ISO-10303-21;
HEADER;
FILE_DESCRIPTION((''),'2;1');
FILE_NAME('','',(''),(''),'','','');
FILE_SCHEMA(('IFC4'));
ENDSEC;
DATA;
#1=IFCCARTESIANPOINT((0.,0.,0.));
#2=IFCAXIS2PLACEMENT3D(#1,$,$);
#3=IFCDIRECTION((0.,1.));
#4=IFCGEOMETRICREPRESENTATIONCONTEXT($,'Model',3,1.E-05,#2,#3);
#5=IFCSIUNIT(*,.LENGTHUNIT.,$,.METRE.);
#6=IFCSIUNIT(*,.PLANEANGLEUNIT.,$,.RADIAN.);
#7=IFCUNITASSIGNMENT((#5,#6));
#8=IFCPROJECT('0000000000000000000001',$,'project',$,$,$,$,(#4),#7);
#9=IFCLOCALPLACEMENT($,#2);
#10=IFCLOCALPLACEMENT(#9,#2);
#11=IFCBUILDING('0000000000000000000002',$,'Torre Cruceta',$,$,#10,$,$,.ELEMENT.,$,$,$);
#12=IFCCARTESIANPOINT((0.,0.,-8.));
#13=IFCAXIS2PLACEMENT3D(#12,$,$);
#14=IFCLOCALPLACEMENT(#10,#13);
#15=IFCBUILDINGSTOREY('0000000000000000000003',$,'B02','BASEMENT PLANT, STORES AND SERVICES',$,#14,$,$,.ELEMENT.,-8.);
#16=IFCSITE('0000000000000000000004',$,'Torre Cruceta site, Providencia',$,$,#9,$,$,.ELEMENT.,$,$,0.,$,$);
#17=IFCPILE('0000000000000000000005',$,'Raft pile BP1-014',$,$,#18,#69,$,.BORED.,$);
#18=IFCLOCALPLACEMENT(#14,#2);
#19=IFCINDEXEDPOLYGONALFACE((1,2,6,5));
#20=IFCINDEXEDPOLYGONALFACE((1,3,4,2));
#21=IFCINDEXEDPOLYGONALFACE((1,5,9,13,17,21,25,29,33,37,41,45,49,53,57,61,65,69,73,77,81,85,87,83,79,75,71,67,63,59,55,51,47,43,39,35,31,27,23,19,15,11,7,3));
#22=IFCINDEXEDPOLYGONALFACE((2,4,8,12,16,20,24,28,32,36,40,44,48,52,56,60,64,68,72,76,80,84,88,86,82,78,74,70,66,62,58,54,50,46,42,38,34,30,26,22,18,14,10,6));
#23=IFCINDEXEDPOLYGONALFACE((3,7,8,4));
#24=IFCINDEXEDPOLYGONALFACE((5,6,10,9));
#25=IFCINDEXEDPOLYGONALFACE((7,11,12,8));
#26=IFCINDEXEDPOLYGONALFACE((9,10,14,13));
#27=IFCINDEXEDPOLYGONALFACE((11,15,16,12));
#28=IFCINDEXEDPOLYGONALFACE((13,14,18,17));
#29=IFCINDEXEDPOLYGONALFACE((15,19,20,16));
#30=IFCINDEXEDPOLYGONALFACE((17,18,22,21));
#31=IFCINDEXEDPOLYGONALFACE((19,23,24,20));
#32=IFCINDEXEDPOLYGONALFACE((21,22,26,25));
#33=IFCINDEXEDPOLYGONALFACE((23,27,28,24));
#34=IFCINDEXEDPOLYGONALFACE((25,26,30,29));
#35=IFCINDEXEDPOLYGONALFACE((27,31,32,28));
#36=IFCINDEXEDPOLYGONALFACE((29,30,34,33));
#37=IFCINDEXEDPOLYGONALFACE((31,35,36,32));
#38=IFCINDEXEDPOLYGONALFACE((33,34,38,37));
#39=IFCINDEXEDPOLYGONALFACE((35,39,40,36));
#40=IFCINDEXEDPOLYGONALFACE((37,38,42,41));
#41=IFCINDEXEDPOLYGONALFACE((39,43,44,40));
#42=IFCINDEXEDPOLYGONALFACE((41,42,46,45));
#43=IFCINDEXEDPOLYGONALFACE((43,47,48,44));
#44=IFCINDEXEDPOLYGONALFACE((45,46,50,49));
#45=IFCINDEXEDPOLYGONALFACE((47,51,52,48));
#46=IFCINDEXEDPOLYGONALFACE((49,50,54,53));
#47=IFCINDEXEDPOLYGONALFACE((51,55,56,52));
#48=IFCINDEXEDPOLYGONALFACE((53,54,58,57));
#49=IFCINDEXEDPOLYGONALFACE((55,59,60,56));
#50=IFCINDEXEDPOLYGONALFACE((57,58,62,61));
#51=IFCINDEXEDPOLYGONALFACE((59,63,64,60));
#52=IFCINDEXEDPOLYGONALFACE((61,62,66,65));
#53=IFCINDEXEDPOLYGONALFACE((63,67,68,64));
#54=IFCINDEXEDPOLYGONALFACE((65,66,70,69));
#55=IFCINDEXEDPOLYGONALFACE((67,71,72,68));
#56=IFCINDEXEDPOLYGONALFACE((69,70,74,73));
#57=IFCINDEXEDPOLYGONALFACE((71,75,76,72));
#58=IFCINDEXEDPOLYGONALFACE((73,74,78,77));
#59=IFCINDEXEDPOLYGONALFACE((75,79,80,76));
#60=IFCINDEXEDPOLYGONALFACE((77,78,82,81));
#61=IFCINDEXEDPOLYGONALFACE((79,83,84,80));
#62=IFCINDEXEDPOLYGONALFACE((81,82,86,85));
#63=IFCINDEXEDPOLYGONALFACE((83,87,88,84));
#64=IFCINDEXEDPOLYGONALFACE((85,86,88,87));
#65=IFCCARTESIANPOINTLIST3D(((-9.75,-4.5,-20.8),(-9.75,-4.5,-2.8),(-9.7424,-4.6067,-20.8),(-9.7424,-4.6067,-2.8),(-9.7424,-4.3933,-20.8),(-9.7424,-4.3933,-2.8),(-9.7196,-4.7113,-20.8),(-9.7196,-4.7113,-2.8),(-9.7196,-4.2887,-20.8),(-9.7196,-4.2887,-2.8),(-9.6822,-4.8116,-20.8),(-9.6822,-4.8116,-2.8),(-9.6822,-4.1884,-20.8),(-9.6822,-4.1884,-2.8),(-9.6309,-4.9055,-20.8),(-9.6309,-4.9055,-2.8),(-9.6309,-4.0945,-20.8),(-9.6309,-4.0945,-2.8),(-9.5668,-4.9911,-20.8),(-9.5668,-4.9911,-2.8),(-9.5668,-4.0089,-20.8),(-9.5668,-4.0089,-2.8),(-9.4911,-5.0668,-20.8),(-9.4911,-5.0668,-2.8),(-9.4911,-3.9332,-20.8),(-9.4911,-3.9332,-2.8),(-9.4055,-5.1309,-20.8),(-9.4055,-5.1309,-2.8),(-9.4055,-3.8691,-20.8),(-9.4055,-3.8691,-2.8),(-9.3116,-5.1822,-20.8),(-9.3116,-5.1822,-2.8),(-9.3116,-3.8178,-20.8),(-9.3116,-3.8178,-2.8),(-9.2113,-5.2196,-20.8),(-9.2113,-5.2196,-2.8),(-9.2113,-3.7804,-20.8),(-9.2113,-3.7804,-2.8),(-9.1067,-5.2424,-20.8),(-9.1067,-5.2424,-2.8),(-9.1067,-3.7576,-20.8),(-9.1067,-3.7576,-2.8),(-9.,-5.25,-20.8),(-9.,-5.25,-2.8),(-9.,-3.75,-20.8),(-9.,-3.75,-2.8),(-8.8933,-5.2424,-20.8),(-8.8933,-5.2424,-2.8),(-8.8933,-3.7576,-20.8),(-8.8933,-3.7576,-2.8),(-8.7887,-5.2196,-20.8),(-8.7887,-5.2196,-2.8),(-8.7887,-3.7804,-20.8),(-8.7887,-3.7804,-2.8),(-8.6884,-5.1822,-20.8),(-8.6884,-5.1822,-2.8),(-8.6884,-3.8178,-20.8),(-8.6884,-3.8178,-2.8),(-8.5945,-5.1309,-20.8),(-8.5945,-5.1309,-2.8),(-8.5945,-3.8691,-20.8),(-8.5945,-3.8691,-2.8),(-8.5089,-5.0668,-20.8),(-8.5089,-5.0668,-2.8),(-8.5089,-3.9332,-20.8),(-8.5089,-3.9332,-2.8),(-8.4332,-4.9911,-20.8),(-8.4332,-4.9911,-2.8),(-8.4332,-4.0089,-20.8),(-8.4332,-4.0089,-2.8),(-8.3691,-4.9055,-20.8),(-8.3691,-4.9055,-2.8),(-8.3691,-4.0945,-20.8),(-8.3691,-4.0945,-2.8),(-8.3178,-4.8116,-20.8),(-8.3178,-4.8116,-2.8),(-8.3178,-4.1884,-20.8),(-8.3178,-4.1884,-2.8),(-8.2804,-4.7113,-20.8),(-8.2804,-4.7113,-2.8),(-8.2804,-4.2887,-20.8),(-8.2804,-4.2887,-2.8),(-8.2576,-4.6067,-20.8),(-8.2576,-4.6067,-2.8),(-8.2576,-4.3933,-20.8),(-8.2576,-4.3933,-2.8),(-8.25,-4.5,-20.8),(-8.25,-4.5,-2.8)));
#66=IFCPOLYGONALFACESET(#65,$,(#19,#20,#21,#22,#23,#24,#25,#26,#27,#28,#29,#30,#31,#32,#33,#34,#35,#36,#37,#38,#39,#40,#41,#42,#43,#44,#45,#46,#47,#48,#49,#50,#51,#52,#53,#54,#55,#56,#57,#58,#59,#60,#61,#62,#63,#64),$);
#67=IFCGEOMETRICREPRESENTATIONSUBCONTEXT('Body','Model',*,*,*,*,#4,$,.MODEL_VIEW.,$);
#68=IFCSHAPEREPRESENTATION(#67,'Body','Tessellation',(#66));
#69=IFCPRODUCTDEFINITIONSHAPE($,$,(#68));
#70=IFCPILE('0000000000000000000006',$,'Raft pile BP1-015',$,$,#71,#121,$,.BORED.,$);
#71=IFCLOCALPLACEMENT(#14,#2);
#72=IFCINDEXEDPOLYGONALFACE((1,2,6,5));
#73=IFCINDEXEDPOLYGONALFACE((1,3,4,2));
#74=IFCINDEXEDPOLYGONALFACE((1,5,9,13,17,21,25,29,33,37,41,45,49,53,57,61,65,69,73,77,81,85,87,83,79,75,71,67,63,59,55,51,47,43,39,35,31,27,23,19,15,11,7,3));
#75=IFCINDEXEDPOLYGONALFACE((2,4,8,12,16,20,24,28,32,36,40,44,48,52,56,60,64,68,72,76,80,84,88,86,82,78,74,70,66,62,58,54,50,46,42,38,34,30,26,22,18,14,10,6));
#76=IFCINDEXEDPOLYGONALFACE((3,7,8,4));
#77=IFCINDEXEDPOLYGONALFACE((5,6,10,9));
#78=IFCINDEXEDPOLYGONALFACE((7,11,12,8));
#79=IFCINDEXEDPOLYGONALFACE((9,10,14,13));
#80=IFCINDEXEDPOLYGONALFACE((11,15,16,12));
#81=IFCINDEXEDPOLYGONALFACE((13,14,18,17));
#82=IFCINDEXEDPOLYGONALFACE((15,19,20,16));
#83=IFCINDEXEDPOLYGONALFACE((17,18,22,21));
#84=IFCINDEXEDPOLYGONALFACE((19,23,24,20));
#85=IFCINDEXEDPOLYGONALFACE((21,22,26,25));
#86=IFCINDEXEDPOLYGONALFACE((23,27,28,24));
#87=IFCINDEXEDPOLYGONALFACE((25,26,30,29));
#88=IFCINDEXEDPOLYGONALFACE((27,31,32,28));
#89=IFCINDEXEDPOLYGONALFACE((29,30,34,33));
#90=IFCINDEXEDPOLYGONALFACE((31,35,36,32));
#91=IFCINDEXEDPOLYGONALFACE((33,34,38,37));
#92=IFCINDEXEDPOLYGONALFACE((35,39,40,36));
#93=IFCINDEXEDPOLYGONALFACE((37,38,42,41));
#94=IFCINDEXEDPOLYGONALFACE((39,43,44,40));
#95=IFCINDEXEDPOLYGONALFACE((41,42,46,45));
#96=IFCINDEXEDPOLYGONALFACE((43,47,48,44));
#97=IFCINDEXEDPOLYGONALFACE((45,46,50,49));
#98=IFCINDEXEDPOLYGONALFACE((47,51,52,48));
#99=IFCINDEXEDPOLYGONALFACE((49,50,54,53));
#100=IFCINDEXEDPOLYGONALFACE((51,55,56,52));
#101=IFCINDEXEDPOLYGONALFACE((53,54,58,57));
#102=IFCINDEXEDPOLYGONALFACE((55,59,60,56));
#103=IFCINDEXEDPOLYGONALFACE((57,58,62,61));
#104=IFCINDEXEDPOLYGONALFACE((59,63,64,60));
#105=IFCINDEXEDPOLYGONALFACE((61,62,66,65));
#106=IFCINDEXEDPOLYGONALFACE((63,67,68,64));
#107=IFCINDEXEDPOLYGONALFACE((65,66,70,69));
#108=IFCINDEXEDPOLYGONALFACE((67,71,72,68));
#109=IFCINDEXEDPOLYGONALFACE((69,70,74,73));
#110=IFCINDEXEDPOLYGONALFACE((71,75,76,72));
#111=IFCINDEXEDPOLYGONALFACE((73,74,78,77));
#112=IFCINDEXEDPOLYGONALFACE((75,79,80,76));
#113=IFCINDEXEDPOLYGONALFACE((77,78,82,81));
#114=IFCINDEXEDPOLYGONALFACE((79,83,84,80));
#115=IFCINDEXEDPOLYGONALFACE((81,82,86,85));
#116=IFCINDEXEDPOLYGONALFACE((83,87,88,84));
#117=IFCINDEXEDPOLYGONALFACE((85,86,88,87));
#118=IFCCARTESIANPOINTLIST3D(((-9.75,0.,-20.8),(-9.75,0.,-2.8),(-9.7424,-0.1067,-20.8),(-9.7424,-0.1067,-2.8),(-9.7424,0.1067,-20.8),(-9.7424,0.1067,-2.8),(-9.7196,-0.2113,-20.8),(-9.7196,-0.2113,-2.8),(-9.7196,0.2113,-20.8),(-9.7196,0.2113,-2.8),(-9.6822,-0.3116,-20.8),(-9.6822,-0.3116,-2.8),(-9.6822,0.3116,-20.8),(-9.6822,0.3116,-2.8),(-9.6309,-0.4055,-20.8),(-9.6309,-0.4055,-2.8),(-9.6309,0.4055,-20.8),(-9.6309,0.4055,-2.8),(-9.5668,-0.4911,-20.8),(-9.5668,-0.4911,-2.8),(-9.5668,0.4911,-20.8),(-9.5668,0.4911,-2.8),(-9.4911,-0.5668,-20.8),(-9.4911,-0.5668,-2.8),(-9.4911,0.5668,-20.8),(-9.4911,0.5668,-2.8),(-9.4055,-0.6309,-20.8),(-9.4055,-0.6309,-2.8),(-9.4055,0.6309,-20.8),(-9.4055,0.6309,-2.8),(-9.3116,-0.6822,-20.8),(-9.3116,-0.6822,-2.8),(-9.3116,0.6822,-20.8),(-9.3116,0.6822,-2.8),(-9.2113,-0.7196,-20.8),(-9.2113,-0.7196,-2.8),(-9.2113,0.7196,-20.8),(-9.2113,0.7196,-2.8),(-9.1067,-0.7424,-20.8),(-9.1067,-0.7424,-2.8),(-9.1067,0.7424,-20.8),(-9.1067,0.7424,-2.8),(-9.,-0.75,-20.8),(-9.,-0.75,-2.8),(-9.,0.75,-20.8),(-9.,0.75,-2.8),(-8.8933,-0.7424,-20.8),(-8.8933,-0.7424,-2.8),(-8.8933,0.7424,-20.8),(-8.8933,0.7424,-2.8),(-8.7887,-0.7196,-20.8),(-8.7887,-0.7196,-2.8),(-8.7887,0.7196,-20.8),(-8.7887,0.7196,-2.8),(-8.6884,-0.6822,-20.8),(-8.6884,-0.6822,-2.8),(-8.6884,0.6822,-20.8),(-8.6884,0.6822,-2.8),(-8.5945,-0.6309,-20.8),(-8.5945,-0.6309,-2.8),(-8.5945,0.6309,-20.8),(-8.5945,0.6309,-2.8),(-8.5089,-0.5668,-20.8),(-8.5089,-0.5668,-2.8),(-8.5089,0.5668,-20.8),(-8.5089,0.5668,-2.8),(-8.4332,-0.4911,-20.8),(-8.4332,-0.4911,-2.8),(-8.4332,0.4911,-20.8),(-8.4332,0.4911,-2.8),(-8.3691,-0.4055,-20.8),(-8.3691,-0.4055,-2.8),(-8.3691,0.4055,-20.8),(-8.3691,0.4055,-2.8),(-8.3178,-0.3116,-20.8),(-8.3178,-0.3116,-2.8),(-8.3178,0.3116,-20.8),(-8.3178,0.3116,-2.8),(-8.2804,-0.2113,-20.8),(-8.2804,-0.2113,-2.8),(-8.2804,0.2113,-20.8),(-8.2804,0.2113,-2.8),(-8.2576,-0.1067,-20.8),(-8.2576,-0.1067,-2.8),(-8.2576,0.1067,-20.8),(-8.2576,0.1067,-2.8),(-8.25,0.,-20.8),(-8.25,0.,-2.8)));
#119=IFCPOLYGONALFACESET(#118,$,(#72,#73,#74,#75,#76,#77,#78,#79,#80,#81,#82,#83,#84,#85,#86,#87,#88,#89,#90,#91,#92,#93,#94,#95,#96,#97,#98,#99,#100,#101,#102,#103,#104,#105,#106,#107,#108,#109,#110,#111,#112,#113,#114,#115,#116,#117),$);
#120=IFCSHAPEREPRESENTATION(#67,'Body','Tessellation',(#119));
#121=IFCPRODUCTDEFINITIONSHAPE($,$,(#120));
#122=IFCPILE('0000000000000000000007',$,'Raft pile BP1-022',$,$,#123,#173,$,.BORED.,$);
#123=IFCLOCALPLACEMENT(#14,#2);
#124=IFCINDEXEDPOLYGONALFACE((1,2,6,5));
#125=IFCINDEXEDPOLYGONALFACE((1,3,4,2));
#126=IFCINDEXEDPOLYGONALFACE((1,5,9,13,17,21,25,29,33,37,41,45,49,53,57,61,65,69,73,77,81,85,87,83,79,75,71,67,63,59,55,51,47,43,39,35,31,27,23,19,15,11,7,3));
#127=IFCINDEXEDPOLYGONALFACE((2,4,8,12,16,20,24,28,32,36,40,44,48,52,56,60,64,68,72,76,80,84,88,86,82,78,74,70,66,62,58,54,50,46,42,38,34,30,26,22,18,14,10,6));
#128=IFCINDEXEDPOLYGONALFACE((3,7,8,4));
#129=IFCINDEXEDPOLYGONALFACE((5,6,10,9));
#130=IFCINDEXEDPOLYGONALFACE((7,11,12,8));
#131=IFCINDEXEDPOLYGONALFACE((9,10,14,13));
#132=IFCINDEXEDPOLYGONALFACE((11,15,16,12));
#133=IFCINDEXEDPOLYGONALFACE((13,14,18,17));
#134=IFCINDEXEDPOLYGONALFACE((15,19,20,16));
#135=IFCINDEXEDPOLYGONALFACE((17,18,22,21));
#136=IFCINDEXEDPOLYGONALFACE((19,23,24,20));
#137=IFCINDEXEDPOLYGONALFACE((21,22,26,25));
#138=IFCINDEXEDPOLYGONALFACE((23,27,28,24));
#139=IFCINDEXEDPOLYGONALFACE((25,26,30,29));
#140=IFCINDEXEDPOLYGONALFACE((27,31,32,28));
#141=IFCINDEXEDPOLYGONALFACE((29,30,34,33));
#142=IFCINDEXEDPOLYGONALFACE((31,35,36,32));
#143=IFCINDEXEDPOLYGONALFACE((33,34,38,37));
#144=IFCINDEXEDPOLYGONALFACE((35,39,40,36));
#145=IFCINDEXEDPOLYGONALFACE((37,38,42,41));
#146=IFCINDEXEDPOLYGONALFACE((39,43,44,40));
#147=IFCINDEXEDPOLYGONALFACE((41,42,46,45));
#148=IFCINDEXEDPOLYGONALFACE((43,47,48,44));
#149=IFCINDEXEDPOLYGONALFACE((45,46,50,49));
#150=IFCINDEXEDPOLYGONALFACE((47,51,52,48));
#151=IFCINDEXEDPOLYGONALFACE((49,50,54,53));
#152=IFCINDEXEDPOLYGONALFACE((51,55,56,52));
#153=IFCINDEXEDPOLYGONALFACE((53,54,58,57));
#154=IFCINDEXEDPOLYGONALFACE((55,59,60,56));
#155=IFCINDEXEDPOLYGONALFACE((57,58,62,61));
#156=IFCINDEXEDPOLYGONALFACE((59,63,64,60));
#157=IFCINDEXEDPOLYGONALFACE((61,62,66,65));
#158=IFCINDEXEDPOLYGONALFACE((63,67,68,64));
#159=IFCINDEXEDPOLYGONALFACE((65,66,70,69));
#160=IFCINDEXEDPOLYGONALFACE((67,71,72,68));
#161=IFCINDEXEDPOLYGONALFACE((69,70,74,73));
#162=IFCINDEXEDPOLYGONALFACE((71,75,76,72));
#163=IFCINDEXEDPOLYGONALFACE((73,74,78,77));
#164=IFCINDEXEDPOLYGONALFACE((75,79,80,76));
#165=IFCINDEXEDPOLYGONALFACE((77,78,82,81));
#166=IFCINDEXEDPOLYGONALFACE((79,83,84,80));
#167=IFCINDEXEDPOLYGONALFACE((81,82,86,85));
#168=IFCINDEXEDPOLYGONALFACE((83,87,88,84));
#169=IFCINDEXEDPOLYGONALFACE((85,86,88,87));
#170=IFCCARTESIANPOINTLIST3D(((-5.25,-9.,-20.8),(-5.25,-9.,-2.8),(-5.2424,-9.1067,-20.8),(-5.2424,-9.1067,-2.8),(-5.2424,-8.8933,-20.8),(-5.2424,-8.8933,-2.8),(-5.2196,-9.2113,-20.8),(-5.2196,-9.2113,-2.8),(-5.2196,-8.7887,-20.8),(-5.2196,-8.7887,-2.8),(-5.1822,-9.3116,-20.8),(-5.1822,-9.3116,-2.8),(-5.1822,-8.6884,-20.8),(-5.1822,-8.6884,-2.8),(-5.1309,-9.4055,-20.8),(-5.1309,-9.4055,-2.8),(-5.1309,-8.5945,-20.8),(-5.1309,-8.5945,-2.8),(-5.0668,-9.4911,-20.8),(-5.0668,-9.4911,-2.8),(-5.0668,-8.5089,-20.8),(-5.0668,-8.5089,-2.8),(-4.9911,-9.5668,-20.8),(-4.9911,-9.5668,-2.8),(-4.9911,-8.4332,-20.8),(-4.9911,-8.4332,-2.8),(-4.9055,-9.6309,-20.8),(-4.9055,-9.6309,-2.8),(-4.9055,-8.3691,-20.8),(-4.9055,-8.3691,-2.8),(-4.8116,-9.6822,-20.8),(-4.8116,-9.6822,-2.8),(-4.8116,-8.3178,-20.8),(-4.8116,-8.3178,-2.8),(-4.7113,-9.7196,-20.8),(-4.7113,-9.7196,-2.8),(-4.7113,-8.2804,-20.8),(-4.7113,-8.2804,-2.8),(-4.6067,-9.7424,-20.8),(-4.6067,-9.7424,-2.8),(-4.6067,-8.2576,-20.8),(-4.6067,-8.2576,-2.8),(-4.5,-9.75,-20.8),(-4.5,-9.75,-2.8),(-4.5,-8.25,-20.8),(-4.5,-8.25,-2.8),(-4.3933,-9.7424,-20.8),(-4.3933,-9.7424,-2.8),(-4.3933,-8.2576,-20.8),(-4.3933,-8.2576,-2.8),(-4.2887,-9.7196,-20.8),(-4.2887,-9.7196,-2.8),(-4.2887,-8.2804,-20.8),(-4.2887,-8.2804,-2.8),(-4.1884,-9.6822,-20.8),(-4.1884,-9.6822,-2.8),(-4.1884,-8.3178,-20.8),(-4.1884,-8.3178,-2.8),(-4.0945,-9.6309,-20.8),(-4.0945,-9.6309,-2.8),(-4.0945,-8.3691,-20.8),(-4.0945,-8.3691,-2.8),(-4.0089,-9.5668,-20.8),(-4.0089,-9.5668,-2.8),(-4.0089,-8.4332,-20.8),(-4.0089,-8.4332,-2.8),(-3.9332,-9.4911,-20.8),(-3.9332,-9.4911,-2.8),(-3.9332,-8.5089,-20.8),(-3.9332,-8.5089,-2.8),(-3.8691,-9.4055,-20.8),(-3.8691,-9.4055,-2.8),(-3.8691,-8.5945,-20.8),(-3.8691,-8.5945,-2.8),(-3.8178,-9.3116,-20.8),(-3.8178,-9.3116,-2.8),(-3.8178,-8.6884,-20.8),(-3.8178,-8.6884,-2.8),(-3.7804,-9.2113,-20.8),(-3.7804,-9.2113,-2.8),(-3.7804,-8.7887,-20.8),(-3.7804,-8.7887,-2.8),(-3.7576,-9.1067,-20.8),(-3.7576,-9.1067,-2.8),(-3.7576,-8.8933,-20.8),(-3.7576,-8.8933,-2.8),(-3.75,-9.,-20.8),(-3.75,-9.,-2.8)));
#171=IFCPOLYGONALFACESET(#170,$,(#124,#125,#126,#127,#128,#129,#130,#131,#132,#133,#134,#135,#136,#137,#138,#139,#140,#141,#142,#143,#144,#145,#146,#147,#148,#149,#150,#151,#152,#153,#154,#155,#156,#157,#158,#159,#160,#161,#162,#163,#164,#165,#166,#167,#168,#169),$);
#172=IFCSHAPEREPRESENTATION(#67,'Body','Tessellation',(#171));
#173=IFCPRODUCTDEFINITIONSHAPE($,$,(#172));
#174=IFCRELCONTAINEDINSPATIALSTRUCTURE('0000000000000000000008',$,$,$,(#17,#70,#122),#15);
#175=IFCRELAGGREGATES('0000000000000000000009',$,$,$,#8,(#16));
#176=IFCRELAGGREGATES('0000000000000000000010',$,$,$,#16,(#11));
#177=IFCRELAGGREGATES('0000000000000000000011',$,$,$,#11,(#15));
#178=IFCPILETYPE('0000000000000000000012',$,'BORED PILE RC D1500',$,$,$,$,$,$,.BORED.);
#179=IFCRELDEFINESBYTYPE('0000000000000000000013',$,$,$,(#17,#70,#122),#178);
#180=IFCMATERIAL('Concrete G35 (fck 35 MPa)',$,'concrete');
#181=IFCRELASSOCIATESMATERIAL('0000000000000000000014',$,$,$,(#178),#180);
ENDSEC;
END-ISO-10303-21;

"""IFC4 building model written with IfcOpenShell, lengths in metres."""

from ifc_helpers import new_model, si_unit, direction, frame, origin, origin_2d, place, context, subcontext, project, spatial, circle, extrude, material, material_profile, profile_set, type_object, element, save


model = new_model("IFC4")

# Units and contexts
model_context = context("Model", 3, precision=1e-05, world=origin(), true_north=direction((0.0, 1.0)))
body_context = subcontext(model_context, "Body", "Model", "MODEL_VIEW")
ifc_project = project(units=[si_unit("LENGTHUNIT", "METRE"), si_unit("PLANEANGLEUNIT", "RADIAN")], contexts=[model_context])

# Site, building, storey
site_placement = place(None, origin())
site = spatial("IfcSite", under=ifc_project, at=site_placement, Name="Torre Cruceta site, Providencia", CompositionType="ELEMENT", RefElevation=0.0)
building_placement = place(site_placement, origin())
building = spatial("IfcBuilding", under=site, at=building_placement, Name="Torre Cruceta", CompositionType="ELEMENT")
storey_placement = place(building_placement, frame((0.0, 0.0, -8.0)))
storey = spatial("IfcBuildingStorey", under=building, at=storey_placement, Name="B02", Description="BASEMENT PLANT, STORES AND SERVICES", CompositionType="ELEMENT", Elevation=-8.0)

# Piles
ifc_material_1 = material(Name="Concrete G35 (fck 35 MPa)", Category="concrete")
ifc_material_profile_1 = material_profile(ifc_material_1, circle(Radius=0.75, at=origin_2d()), Name="RC D1500")
ifc_profile_set_1 = profile_set([ifc_material_profile_1], Name="Concrete G35 (fck 35 MPa)")
pile_type = type_object("IfcPileType", Name="BORED PILE RC D1500", PredefinedType="BORED", material=ifc_profile_set_1)
for number, where, z_axis, x_axis, name in (
    (1, (-9.0, -4.5, -2.8), (0.0, 0.0, -1.0), (1.0, 0.0, 0.0), "Raft pile BP1-014"),
    (2, (-9.0, 0.0, -2.8), (0.0, 0.0, -1.0), (1.0, 0.0, 0.0), "Raft pile BP1-015"),
    (3, (-4.5, -9.0, -2.8), (0.0, 0.0, -1.0), (1.0, 0.0, 0.0), "Raft pile BP1-022"),
):
    element("IfcPile", number, at=place(storey_placement, frame(where, z_axis=z_axis, x_axis=x_axis)), inside=storey, type_object=pile_type, Name=name, PredefinedType="BORED", context=body_context, shape_type="SweptSolid", body=[
        extrude(circle(Radius=0.75, at=origin_2d()), origin(), (0.0, 0.0, 1.0), 18.0),
    ])

save(model, "model.ifc")
